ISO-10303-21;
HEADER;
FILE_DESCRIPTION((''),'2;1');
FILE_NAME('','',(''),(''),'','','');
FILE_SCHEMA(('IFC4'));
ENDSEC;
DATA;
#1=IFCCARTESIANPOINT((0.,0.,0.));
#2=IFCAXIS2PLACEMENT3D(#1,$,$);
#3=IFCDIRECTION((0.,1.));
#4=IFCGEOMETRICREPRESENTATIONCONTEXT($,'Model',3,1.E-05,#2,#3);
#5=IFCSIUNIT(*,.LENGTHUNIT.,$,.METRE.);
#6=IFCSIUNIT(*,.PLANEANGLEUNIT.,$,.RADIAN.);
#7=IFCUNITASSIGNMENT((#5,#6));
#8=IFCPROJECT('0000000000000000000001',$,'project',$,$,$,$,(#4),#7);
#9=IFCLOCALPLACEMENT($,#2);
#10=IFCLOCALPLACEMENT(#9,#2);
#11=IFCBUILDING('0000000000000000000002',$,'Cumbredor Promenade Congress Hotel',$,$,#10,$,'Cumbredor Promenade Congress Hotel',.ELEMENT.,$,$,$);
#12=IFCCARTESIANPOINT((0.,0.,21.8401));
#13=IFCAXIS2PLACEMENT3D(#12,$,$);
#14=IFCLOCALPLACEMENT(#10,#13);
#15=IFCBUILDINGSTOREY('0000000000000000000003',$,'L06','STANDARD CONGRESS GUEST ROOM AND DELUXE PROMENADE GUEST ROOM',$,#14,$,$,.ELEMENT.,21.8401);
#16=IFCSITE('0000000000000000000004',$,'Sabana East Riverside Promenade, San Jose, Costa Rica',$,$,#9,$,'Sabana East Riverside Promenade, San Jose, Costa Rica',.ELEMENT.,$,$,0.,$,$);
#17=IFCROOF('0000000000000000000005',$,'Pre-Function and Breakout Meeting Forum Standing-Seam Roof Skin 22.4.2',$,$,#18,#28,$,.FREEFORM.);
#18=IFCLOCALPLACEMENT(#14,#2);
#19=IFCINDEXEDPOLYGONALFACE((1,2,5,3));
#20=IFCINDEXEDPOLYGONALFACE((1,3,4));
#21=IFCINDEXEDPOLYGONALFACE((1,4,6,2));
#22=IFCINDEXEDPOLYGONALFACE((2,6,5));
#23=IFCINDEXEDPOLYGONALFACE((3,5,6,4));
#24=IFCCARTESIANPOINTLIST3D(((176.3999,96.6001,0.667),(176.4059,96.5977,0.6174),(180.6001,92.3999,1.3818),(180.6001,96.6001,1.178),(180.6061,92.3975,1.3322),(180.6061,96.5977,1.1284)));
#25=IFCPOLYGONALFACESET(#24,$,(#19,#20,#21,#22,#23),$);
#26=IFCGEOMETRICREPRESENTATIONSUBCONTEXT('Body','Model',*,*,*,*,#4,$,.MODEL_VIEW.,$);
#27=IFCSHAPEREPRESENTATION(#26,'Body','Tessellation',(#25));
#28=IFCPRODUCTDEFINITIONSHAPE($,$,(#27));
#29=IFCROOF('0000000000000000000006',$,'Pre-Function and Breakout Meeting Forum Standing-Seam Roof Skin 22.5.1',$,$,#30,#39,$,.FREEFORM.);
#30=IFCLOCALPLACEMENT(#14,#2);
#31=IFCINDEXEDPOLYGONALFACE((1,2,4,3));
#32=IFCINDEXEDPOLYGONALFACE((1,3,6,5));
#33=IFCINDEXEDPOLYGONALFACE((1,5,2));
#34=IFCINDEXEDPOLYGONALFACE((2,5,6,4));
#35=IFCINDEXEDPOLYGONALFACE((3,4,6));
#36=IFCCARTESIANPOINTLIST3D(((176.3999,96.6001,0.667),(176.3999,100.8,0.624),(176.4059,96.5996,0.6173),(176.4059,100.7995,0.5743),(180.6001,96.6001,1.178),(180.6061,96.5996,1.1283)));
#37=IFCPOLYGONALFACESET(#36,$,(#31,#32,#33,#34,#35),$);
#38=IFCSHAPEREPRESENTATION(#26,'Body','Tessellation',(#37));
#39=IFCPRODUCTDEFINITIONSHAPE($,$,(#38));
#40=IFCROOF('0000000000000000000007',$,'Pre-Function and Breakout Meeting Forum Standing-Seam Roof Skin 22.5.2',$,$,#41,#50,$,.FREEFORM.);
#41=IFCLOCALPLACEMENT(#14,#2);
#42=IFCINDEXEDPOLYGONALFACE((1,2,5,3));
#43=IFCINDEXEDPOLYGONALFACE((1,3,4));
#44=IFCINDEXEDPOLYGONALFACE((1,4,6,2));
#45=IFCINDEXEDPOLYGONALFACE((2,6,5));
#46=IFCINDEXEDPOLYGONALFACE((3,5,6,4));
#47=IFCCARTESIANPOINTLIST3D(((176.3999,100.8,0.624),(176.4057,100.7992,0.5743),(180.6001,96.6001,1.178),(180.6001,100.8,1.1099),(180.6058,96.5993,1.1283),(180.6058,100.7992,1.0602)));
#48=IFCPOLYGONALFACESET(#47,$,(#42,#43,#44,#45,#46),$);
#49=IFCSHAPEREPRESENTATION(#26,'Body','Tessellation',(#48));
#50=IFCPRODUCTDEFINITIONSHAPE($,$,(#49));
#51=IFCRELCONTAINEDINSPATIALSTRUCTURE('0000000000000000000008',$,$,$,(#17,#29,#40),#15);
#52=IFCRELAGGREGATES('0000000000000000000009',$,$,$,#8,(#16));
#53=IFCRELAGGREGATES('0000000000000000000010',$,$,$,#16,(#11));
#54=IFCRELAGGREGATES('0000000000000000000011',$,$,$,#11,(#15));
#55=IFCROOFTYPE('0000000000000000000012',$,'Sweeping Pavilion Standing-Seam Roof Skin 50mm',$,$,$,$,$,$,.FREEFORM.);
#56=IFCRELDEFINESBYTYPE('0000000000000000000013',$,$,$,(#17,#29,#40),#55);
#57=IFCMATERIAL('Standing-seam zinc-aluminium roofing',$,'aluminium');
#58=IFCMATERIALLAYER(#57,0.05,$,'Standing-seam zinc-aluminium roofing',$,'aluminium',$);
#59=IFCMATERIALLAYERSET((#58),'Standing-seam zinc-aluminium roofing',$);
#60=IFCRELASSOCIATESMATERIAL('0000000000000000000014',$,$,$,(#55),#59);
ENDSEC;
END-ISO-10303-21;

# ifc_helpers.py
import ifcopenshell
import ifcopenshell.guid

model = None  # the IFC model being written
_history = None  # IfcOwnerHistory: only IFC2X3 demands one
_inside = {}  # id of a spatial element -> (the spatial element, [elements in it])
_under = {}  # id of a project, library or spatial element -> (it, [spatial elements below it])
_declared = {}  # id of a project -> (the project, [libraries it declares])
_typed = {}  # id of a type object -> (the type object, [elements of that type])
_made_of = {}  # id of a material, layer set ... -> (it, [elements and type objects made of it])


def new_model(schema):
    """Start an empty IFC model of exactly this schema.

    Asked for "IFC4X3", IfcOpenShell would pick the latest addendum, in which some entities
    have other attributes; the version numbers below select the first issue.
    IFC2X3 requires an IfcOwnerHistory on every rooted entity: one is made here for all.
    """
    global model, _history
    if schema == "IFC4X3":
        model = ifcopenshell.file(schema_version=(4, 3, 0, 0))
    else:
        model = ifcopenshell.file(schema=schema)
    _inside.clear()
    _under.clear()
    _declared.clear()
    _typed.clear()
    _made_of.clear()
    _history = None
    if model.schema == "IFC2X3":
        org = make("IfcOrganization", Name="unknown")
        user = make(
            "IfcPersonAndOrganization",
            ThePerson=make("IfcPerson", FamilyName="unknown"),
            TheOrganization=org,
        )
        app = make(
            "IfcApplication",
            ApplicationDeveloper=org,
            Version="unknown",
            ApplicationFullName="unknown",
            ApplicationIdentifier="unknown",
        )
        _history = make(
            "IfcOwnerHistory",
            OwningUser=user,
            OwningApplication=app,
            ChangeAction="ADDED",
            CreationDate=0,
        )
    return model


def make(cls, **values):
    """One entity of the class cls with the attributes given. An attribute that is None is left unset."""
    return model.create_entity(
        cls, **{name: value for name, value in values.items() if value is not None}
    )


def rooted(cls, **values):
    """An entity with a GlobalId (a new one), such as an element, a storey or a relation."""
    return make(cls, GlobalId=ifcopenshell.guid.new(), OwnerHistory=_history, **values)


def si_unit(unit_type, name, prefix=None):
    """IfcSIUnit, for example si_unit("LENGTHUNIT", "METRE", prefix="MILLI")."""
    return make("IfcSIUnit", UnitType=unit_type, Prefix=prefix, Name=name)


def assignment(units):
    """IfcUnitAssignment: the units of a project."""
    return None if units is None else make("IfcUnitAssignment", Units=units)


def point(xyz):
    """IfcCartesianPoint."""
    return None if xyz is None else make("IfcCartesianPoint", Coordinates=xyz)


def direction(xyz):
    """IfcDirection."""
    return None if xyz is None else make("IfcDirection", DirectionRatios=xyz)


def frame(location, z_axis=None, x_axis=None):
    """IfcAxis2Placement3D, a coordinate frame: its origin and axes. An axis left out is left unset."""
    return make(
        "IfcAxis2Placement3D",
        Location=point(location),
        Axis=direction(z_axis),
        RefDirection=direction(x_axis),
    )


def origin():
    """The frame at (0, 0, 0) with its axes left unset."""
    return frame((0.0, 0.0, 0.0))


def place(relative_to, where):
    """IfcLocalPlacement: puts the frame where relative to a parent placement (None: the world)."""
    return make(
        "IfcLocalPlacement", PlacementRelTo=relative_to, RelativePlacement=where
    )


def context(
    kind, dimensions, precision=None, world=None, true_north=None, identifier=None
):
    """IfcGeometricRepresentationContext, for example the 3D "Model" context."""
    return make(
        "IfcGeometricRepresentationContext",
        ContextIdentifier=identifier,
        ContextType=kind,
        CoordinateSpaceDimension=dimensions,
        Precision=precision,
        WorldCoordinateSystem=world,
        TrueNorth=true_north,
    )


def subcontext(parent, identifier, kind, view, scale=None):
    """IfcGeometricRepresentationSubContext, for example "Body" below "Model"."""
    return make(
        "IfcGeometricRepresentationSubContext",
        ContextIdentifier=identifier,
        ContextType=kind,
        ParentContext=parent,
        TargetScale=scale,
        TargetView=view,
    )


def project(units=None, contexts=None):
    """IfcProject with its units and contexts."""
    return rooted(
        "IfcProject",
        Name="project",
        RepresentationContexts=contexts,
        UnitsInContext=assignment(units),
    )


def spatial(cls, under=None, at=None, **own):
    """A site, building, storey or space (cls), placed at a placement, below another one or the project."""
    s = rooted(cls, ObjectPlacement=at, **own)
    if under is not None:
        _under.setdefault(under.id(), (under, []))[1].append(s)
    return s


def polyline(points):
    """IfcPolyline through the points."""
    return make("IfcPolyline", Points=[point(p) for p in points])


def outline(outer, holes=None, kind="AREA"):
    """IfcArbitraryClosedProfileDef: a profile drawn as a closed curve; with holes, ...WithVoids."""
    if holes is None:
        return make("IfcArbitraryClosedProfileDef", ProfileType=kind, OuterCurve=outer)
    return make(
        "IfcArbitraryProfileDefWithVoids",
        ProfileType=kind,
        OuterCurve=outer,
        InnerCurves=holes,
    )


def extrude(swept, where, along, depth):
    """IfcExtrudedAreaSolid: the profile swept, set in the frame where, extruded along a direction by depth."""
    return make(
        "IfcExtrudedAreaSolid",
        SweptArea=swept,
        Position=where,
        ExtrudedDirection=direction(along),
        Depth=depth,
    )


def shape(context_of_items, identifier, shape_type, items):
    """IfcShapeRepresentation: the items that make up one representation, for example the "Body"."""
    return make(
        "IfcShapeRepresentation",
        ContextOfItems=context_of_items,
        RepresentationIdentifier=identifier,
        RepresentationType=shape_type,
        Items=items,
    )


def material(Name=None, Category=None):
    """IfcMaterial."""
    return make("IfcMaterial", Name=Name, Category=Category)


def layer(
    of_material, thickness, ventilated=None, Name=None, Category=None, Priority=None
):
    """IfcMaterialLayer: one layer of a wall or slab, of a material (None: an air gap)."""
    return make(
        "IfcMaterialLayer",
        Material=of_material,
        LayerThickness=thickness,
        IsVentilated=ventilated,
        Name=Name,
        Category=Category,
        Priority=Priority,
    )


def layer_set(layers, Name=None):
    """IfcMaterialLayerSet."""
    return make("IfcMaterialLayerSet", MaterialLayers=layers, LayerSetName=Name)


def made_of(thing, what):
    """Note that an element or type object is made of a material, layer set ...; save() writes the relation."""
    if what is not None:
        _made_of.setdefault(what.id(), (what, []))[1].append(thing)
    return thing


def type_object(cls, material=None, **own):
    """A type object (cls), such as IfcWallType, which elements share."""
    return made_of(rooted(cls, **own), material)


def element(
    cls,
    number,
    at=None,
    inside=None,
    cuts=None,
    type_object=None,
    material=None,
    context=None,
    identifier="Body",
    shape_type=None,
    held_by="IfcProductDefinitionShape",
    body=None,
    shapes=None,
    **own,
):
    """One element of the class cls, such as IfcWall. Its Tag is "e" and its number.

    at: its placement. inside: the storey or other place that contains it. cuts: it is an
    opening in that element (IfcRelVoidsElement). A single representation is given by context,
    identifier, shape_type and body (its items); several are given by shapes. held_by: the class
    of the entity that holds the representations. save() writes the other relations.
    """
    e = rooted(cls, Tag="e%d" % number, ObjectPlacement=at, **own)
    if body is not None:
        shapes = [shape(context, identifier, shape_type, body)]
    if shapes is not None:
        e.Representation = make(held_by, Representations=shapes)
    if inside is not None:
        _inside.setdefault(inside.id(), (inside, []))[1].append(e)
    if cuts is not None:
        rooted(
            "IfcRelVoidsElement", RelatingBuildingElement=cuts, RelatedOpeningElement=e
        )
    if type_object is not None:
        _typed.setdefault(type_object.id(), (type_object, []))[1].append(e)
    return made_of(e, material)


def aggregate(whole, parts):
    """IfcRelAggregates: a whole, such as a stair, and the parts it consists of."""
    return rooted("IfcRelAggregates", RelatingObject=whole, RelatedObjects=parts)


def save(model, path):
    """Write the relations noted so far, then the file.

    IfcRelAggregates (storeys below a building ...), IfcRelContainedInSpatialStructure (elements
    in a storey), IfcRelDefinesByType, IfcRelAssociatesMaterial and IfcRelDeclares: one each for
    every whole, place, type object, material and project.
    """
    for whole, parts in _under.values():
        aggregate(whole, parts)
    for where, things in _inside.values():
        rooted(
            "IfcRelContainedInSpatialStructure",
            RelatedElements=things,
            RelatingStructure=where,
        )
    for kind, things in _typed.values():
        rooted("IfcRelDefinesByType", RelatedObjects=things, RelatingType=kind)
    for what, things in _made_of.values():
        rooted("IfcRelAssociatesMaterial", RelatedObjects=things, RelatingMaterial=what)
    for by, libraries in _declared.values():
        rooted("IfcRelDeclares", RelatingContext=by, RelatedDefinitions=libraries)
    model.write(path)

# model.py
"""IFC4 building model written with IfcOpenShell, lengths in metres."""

from ifc_helpers import new_model, si_unit, direction, frame, origin, place, context, subcontext, project, spatial, polyline, outline, extrude, material, layer, layer_set, type_object, element, save


model = new_model("IFC4")

# Units and contexts
model_context = context("Model", 3, precision=1e-05, world=origin(), true_north=direction((0.0, 1.0)))
body_context = subcontext(model_context, "Body", "Model", "MODEL_VIEW")
ifc_project = project(units=[si_unit("LENGTHUNIT", "METRE"), si_unit("PLANEANGLEUNIT", "RADIAN")], contexts=[model_context])

# Site, building, storey
site_placement = place(None, origin())
site = spatial("IfcSite", under=ifc_project, at=site_placement, Name="Sabana East Riverside Promenade, San Jose, Costa Rica", LongName="Sabana East Riverside Promenade, San Jose, Costa Rica", CompositionType="ELEMENT", RefElevation=0.0)
building_placement = place(site_placement, origin())
building = spatial("IfcBuilding", under=site, at=building_placement, Name="Cumbredor Promenade Congress Hotel", LongName="Cumbredor Promenade Congress Hotel", CompositionType="ELEMENT")
storey_placement = place(building_placement, frame((0.0, 0.0, 21.8401)))
storey = spatial("IfcBuildingStorey", under=building, at=storey_placement, Name="L06", Description="STANDARD CONGRESS GUEST ROOM AND DELUXE PROMENADE GUEST ROOM", CompositionType="ELEMENT", Elevation=21.8401)

# Roofs
ifc_material_1 = material(Name="Standing-seam zinc-aluminium roofing", Category="aluminium")
ifc_layer_1 = layer(ifc_material_1, 0.05, Name="Standing-seam zinc-aluminium roofing", Category="aluminium")
ifc_layer_set_1 = layer_set([ifc_layer_1], Name="Standing-seam zinc-aluminium roofing")
roof_type = type_object("IfcRoofType", Name="Sweeping Pavilion Standing-Seam Roof Skin 50mm", PredefinedType="FREEFORM", material=ifc_layer_set_1)
roof_1_placement = place(storey_placement, frame((180.6001, 92.3999, 1.3818), z_axis=(-0.120627, 0.048124, 0.991531), x_axis=(0.0, 0.998824, -0.048478)))
element("IfcRoof", 1, at=roof_1_placement, inside=storey, type_object=roof_type, Name="Pre-Function and Breakout Meeting Forum Standing-Seam Roof Skin 22.4.2", PredefinedType="FREEFORM", context=body_context, shape_type="SweptSolid", body=[
    extrude(outline(polyline([(0.0, 0.0), (4.2051, 0.0), (4.2299, 4.2311), (0.0, 0.0)])), origin(), (0.0, 0.0, -1.0), 0.05),
])
roof_2_placement = place(storey_placement, frame((176.3999, 96.6001, 0.667), z_axis=(-0.120761, 0.010155, 0.99263), x_axis=(0.992681, 0.0, 0.120767)))
element("IfcRoof", 2, at=roof_2_placement, inside=storey, type_object=roof_type, Name="Pre-Function and Breakout Meeting Forum Standing-Seam Roof Skin 22.5.1", PredefinedType="FREEFORM", context=body_context, shape_type="SweptSolid", body=[
    extrude(outline(polyline([(0.0, 0.0), (4.2312, 0.0), (-0.0052, 4.2002), (0.0, 0.0)])), origin(), (0.0, 0.0, -1.0), 0.05),
])
roof_3_placement = place(storey_placement, frame((180.6001, 96.6001, 1.178), z_axis=(-0.11489, 0.016109, 0.993248), x_axis=(0.0, 0.999869, -0.016216)))
element("IfcRoof", 3, at=roof_3_placement, inside=storey, type_object=roof_type, Name="Pre-Function and Breakout Meeting Forum Standing-Seam Roof Skin 22.5.2", PredefinedType="FREEFORM", context=body_context, shape_type="SweptSolid", body=[
    extrude(outline(polyline([(0.0, 0.0), (4.2005, 0.0), (4.2084, 4.2282), (0.0, 0.0)])), origin(), (0.0, 0.0, -1.0), 0.05),
])

save(model, "model.ifc")
